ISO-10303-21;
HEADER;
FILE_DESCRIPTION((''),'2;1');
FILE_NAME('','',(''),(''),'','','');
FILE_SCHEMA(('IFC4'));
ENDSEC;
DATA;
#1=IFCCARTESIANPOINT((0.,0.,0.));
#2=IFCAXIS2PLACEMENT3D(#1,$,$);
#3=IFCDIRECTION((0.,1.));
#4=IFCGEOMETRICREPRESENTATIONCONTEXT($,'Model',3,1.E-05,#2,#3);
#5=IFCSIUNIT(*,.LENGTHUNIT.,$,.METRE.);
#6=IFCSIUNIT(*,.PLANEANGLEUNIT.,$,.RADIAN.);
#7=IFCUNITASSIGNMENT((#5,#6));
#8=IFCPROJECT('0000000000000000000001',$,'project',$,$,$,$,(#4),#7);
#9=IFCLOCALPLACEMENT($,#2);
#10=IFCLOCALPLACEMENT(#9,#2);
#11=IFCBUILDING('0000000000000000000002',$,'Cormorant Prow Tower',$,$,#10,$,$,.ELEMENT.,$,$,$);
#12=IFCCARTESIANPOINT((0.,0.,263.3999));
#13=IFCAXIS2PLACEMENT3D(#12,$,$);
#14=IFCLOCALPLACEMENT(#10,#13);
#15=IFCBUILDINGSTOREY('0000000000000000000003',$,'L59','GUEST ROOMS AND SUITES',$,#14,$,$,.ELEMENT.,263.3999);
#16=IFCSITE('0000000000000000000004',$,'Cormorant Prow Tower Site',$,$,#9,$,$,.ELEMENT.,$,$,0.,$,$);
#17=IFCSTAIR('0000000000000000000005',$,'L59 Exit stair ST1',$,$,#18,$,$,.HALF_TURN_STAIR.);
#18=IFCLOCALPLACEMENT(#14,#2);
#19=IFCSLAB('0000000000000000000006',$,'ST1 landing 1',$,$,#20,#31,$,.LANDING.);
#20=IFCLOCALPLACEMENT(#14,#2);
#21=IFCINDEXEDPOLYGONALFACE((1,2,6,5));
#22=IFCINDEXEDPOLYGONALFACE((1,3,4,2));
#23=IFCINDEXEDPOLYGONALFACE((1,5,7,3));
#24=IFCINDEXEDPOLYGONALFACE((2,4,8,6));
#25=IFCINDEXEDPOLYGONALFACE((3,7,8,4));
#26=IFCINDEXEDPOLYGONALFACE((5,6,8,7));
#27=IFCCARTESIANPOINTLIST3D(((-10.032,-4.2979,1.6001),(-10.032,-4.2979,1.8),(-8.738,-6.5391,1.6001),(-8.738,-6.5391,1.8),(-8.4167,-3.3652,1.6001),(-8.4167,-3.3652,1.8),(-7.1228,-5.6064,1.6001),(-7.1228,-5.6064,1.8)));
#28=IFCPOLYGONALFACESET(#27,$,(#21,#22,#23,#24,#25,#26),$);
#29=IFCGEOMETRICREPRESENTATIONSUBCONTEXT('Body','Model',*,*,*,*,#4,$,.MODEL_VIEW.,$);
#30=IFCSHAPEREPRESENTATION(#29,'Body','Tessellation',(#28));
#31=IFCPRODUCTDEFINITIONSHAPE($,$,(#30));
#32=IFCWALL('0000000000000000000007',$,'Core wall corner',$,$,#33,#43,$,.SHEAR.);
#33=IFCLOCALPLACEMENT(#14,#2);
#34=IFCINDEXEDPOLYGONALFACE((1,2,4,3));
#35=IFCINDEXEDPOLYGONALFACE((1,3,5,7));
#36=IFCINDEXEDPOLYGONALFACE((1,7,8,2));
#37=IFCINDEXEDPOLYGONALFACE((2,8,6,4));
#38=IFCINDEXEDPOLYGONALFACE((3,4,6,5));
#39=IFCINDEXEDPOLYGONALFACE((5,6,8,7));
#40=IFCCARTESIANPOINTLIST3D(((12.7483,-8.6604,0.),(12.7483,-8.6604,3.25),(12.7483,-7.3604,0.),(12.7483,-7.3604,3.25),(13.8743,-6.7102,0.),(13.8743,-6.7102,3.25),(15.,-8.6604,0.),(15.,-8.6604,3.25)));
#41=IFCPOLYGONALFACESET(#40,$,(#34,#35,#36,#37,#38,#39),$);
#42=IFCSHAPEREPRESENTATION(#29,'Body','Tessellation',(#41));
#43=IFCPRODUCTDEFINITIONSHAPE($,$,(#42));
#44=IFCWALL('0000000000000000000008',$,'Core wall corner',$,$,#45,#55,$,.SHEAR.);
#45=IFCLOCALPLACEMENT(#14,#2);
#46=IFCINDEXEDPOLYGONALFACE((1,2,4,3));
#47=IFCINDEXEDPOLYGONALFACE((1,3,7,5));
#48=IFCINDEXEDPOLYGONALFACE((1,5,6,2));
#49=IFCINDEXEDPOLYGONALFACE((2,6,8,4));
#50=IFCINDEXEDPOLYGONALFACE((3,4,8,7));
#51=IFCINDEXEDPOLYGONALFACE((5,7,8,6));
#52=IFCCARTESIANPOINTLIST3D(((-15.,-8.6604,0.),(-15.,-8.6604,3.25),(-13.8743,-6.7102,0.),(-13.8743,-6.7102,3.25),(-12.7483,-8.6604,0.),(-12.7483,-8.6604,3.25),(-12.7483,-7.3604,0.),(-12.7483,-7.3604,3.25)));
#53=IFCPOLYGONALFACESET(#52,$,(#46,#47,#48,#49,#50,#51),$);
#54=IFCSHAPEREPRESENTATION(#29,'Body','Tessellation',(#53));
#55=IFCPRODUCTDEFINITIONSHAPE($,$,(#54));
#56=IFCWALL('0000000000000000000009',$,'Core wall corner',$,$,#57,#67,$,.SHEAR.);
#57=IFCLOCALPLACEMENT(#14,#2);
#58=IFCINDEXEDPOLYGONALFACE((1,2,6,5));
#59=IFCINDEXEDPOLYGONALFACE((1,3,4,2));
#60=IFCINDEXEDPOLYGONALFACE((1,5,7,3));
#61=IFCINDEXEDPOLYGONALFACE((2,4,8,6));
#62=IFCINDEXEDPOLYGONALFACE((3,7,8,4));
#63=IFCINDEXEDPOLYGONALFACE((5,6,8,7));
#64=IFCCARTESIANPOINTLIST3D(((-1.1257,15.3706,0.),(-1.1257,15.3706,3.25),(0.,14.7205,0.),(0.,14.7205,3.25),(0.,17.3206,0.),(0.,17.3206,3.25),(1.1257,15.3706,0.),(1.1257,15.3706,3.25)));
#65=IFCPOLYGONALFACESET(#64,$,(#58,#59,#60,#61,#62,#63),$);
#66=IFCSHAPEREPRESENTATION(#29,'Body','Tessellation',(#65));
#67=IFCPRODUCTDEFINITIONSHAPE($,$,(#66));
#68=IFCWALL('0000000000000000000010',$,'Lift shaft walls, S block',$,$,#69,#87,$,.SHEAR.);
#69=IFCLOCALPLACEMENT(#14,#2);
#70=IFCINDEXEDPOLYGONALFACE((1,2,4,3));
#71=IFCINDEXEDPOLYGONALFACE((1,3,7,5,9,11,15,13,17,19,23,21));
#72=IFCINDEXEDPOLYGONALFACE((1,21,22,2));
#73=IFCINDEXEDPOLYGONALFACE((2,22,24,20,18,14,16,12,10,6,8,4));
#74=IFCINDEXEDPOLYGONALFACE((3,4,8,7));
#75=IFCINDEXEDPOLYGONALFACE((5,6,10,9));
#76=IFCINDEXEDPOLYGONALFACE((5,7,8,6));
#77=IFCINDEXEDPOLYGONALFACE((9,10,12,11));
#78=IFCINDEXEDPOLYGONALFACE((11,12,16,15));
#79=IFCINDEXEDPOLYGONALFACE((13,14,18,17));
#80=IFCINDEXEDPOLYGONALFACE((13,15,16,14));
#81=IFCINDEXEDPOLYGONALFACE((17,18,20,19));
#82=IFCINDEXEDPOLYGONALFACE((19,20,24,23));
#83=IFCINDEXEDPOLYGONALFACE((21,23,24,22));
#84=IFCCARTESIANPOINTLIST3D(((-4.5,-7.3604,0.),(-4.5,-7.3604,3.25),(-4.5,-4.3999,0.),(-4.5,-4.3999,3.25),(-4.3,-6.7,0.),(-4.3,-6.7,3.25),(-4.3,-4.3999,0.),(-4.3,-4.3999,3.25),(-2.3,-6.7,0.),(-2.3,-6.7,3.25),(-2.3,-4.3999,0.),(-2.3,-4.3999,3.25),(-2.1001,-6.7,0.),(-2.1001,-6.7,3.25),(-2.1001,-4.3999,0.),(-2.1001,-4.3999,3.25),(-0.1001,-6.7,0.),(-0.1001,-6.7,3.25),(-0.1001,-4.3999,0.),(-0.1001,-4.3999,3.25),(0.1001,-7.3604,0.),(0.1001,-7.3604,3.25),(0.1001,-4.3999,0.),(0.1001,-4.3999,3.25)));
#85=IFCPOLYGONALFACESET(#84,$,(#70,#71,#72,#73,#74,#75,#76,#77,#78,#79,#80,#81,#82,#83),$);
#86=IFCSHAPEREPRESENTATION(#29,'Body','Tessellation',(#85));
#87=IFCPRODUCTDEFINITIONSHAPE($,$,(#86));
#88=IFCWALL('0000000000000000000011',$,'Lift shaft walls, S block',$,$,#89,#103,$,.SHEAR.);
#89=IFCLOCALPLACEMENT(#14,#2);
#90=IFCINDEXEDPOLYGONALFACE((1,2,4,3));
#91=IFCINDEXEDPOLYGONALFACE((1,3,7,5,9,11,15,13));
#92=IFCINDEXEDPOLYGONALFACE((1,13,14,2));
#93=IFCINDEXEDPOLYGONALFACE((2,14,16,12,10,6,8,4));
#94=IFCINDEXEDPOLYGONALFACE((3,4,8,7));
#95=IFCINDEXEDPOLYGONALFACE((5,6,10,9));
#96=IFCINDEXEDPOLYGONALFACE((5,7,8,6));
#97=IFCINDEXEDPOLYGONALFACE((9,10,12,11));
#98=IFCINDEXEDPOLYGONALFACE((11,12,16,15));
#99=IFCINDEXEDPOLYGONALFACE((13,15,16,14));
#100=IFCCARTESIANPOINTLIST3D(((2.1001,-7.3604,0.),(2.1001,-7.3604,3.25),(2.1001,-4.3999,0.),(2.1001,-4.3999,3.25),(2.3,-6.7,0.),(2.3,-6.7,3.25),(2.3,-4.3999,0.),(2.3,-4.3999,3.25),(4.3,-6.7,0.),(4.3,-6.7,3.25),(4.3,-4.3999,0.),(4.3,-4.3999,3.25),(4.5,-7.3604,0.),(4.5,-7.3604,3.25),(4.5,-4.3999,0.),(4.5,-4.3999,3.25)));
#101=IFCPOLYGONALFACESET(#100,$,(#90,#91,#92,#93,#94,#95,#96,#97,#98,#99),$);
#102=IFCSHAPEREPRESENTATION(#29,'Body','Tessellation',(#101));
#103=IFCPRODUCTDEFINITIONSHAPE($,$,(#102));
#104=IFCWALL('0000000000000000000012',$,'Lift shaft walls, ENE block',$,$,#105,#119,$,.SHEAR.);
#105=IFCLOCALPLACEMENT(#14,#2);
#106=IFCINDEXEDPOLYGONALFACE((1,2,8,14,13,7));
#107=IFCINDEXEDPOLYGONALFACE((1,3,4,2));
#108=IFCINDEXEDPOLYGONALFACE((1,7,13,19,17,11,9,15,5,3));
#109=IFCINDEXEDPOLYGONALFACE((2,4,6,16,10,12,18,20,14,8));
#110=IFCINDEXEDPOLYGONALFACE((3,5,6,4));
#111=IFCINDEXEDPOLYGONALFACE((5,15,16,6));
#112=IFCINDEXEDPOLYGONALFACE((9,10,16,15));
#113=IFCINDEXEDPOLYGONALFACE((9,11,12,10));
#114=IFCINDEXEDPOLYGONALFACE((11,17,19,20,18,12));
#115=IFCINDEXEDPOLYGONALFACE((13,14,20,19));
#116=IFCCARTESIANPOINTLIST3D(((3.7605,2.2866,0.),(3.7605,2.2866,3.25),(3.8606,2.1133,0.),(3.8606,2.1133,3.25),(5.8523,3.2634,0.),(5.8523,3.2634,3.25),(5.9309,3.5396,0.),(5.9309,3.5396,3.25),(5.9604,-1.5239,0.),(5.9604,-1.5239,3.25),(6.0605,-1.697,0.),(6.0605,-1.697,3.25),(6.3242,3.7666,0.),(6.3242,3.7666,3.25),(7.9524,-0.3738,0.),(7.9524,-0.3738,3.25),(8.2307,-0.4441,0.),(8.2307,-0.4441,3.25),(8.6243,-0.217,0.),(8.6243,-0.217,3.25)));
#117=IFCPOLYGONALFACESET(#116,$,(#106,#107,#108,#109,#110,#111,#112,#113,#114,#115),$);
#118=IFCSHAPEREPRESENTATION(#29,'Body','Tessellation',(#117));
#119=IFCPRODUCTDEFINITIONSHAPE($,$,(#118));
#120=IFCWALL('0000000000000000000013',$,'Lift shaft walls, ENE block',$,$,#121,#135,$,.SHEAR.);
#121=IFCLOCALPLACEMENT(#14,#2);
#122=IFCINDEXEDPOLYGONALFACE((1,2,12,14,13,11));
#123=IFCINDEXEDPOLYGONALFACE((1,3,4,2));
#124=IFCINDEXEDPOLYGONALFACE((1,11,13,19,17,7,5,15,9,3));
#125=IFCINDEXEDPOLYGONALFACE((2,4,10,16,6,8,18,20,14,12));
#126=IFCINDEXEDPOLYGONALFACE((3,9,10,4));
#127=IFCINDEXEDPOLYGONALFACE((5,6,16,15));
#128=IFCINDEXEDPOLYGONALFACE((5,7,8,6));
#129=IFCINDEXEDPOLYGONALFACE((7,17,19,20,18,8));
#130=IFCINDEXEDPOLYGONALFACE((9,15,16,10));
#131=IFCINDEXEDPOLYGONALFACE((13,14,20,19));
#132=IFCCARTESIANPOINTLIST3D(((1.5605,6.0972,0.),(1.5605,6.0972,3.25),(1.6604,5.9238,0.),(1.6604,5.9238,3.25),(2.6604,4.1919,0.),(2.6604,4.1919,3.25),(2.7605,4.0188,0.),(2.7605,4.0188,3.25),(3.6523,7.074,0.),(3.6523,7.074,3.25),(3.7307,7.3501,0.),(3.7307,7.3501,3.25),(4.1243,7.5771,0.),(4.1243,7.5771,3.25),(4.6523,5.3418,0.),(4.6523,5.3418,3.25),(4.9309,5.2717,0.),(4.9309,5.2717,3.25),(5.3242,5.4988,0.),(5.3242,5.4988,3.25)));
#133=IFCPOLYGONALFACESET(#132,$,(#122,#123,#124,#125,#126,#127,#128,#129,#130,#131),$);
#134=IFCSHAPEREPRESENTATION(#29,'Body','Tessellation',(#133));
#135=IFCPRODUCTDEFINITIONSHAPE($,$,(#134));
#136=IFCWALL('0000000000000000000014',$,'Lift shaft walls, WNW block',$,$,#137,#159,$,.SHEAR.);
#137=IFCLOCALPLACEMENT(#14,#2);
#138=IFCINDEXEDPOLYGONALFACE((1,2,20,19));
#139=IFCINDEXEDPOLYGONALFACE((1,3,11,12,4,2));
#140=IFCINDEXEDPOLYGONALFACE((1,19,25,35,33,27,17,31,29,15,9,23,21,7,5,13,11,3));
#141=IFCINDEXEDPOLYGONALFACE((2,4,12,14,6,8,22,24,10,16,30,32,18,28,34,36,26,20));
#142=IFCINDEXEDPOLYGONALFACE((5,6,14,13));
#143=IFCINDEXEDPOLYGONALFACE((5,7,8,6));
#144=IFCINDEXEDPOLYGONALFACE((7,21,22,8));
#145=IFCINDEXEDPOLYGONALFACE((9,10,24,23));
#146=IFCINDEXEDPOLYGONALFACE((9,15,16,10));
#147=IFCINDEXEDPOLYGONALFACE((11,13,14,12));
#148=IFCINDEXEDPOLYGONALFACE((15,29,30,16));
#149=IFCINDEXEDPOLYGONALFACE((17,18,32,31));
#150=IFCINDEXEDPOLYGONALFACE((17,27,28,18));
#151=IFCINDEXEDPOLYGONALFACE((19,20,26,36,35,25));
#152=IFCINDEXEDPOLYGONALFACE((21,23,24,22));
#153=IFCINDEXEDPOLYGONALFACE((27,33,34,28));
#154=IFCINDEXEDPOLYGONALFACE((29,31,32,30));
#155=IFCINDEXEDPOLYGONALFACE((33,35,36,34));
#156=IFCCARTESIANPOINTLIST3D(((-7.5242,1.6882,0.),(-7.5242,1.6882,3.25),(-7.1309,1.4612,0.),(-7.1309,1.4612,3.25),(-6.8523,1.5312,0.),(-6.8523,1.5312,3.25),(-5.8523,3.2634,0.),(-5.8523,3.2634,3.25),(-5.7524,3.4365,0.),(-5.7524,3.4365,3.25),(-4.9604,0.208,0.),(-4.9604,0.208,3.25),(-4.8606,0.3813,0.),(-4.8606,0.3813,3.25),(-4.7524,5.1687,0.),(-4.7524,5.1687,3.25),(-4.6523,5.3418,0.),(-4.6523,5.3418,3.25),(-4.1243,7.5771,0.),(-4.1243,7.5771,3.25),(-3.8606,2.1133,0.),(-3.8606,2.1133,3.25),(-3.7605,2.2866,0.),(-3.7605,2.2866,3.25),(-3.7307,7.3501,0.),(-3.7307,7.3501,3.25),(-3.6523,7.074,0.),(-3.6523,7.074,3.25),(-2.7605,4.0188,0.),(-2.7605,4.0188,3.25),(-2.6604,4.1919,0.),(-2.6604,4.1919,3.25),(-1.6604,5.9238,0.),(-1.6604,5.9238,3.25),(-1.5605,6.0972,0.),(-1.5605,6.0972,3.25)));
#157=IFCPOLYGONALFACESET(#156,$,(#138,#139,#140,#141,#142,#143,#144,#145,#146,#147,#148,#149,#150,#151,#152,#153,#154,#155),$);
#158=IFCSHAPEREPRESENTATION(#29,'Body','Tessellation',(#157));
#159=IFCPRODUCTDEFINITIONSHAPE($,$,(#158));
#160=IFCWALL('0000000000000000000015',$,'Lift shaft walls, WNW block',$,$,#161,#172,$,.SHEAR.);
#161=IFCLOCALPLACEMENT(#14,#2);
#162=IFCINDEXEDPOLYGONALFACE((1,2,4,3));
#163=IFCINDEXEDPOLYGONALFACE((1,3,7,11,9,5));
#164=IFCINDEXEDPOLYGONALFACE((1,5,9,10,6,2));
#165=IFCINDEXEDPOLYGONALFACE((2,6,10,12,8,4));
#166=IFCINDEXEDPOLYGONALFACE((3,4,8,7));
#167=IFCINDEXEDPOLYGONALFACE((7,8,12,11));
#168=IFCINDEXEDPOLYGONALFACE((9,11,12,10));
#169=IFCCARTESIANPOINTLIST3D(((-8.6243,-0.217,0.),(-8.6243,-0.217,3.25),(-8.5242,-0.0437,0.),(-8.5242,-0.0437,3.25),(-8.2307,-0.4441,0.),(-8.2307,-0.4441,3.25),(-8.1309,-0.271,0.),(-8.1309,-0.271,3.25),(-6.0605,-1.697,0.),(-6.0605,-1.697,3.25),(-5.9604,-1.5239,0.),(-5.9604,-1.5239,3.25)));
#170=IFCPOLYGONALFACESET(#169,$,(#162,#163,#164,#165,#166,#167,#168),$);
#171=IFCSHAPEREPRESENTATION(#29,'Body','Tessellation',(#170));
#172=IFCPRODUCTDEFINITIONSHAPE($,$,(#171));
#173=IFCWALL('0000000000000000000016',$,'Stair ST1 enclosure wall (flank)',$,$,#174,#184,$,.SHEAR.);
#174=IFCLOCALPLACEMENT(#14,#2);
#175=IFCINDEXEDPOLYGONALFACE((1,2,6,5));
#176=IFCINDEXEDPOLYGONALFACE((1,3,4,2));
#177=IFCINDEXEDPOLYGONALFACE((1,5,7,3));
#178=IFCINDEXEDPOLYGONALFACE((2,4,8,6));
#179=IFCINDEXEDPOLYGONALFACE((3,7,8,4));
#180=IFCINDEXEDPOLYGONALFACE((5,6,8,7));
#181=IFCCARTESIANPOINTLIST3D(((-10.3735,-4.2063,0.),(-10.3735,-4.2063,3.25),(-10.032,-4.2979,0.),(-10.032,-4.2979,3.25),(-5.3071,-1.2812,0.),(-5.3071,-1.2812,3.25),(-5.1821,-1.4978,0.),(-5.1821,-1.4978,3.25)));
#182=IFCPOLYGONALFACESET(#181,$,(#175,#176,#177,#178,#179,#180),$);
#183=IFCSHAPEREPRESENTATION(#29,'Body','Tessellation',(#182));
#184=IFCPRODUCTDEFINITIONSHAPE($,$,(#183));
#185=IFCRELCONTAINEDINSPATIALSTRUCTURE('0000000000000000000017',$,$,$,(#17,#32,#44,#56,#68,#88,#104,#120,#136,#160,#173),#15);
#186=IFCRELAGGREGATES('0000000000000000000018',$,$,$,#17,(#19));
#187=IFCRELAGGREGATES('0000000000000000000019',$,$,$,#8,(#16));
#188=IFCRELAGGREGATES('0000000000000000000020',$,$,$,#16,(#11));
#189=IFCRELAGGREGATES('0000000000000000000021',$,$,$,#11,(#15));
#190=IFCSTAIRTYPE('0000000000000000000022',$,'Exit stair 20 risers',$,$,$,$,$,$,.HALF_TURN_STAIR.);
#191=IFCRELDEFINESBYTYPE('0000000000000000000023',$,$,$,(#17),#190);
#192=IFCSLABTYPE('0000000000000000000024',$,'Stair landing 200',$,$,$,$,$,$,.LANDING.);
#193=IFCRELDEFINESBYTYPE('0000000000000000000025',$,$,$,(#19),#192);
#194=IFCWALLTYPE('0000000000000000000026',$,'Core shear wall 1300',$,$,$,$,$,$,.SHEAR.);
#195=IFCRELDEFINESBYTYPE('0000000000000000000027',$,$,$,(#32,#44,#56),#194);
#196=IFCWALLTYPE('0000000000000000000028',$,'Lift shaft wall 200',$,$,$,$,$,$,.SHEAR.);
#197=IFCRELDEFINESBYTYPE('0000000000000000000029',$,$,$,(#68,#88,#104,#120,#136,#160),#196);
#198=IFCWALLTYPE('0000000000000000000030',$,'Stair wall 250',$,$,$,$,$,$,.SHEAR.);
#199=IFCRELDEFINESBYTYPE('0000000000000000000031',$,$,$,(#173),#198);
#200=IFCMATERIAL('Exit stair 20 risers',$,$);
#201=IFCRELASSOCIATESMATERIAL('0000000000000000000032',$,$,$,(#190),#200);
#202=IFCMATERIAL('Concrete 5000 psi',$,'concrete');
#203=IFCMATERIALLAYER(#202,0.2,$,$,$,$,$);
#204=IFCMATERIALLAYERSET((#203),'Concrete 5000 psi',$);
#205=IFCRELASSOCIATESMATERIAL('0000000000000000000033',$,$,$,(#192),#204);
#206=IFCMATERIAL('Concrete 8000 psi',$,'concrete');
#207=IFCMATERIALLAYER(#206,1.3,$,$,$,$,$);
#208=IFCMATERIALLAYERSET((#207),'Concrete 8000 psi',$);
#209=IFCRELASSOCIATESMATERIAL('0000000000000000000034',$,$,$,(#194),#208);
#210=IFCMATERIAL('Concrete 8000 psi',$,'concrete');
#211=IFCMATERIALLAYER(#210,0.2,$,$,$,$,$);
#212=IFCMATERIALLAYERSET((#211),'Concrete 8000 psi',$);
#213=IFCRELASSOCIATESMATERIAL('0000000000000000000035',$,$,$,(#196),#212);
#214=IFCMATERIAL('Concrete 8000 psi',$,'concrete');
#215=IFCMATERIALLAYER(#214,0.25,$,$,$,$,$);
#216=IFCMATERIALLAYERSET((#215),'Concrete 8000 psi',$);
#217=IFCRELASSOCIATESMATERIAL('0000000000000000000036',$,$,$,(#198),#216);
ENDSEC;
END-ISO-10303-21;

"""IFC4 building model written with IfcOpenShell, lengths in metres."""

from ifc_helpers import new_model, si_unit, direction, frame, origin, place, context, subcontext, project, spatial, polyline, outline, extrude, material, layer, layer_set, type_object, element, aggregate, save


model = new_model("IFC4")

# Units and contexts
model_context = context("Model", 3, precision=1e-05, world=origin(), true_north=direction((0.0, 1.0)))
body_context = subcontext(model_context, "Body", "Model", "MODEL_VIEW")
ifc_project = project(units=[si_unit("LENGTHUNIT", "METRE"), si_unit("PLANEANGLEUNIT", "RADIAN")], contexts=[model_context])

# Site, building, storey
site_placement = place(None, origin())
site = spatial("IfcSite", under=ifc_project, at=site_placement, Name="Cormorant Prow Tower Site", CompositionType="ELEMENT", RefElevation=0.0)
building_placement = place(site_placement, origin())
building = spatial("IfcBuilding", under=site, at=building_placement, Name="Cormorant Prow Tower", CompositionType="ELEMENT")
storey_placement = place(building_placement, frame((0.0, 0.0, 263.3999)))
storey = spatial("IfcBuildingStorey", under=building, at=storey_placement, Name="L59", Description="GUEST ROOMS AND SUITES", CompositionType="ELEMENT", Elevation=263.3999)

# Stair, slab
ifc_material_1 = material(Name="Exit stair 20 risers")
stair_type = type_object("IfcStairType", Name="Exit stair 20 risers", PredefinedType="HALF_TURN_STAIR", material=ifc_material_1)
stair_placement = place(storey_placement, origin())
stair = element("IfcStair", 1, at=stair_placement, inside=storey, type_object=stair_type, Name="L59 Exit stair ST1", PredefinedType="HALF_TURN_STAIR")
ifc_material_2 = material(Name="Concrete 5000 psi", Category="concrete")
ifc_layer_1 = layer(ifc_material_2, 0.2)
ifc_layer_set_1 = layer_set([ifc_layer_1], Name="Concrete 5000 psi")
slab_type = type_object("IfcSlabType", Name="Stair landing 200", PredefinedType="LANDING", material=ifc_layer_set_1)
slab_placement = place(storey_placement, frame((0.0, 0.0, 1.6001)))
slab = element("IfcSlab", 2, at=slab_placement, type_object=slab_type, Name="ST1 landing 1", PredefinedType="LANDING", context=body_context, shape_type="SweptSolid", body=[
    extrude(outline(polyline([(-8.4167, -3.3652), (-10.032, -4.2979), (-8.738, -6.5391), (-7.1228, -5.6064), (-8.4167, -3.3652)])), origin(), (0.0, 0.0, 1.0), 0.2),
])
aggregate(stair, [slab])

# Walls
ifc_material_3 = material(Name="Concrete 8000 psi", Category="concrete")
ifc_layer_2 = layer(ifc_material_3, 1.3)
ifc_layer_set_2 = layer_set([ifc_layer_2], Name="Concrete 8000 psi")
wall_type_1 = type_object("IfcWallType", Name="Core shear wall 1300", PredefinedType="SHEAR", material=ifc_layer_set_2)
wall_1_placement = place(storey_placement, origin())
element("IfcWall", 3, at=wall_1_placement, inside=storey, type_object=wall_type_1, Name="Core wall corner", PredefinedType="SHEAR", context=body_context, shape_type="SweptSolid", body=[
    extrude(outline(polyline([(12.7483, -8.6604), (12.7483, -7.3604), (13.8743, -6.7102), (15.0, -8.6604), (12.7483, -8.6604)])), origin(), (0.0, 0.0, 1.0), 3.25),
])
wall_2_placement = place(storey_placement, origin())
element("IfcWall", 4, at=wall_2_placement, inside=storey, type_object=wall_type_1, Name="Core wall corner", PredefinedType="SHEAR", context=body_context, shape_type="SweptSolid", body=[
    extrude(outline(polyline([(-13.8743, -6.7102), (-12.7483, -7.3604), (-12.7483, -8.6604), (-15.0, -8.6604), (-13.8743, -6.7102)])), origin(), (0.0, 0.0, 1.0), 3.25),
])
wall_3_placement = place(storey_placement, origin())
element("IfcWall", 5, at=wall_3_placement, inside=storey, type_object=wall_type_1, Name="Core wall corner", PredefinedType="SHEAR", context=body_context, shape_type="SweptSolid", body=[
    extrude(outline(polyline([(-1.1257, 15.3706), (0.0, 17.3206), (1.1257, 15.3706), (0.0, 14.7205), (-1.1257, 15.3706)])), origin(), (0.0, 0.0, 1.0), 3.25),
])
ifc_material_4 = material(Name="Concrete 8000 psi", Category="concrete")
ifc_layer_3 = layer(ifc_material_4, 0.2)
ifc_layer_set_3 = layer_set([ifc_layer_3], Name="Concrete 8000 psi")
wall_type_2 = type_object("IfcWallType", Name="Lift shaft wall 200", PredefinedType="SHEAR", material=ifc_layer_set_3)
wall_4_placement = place(storey_placement, origin())
element("IfcWall", 6, at=wall_4_placement, inside=storey, type_object=wall_type_2, Name="Lift shaft walls, S block", PredefinedType="SHEAR", context=body_context, shape_type="SweptSolid", body=[
    extrude(outline(polyline([(0.1001, -7.3604), (-4.5, -7.3604), (-4.5, -4.3999), (-4.3, -4.3999), (-4.3, -6.7), (-2.3, -6.7), (-2.3, -4.3999), (-2.1001, -4.3999), (-2.1001, -6.7), (-0.1001, -6.7), (-0.1001, -4.3999), (0.1001, -4.3999), (0.1001, -7.3604)])), origin(), (0.0, 0.0, 1.0), 3.25),
])
wall_5_placement = place(storey_placement, origin())
element("IfcWall", 7, at=wall_5_placement, inside=storey, type_object=wall_type_2, Name="Lift shaft walls, S block", PredefinedType="SHEAR", context=body_context, shape_type="SweptSolid", body=[
    extrude(outline(polyline([(2.1001, -7.3604), (2.1001, -4.3999), (2.3, -4.3999), (2.3, -6.7), (4.3, -6.7), (4.3, -4.3999), (4.5, -4.3999), (4.5, -7.3604), (2.1001, -7.3604)])), origin(), (0.0, 0.0, 1.0), 3.25),
])
wall_6_placement = place(storey_placement, origin())
element("IfcWall", 8, at=wall_6_placement, inside=storey, type_object=wall_type_2, Name="Lift shaft walls, ENE block", PredefinedType="SHEAR", context=body_context, shape_type="SweptSolid", body=[
    extrude(outline(polyline([(6.3242, 3.7666), (8.6243, -0.217), (8.2307, -0.4441), (6.0605, -1.697), (5.9604, -1.5239), (7.9524, -0.3738), (5.8523, 3.2634), (3.8606, 2.1133), (3.7605, 2.2866), (5.9309, 3.5396), (6.3242, 3.7666)])), origin(), (0.0, 0.0, 1.0), 3.25),
])
wall_7_placement = place(storey_placement, origin())
element("IfcWall", 9, at=wall_7_placement, inside=storey, type_object=wall_type_2, Name="Lift shaft walls, ENE block", PredefinedType="SHEAR", context=body_context, shape_type="SweptSolid", body=[
    extrude(outline(polyline([(5.3242, 5.4988), (4.9309, 5.2717), (2.7605, 4.0188), (2.6604, 4.1919), (4.6523, 5.3418), (3.6523, 7.074), (1.6604, 5.9238), (1.5605, 6.0972), (3.7307, 7.3501), (4.1243, 7.5771), (5.3242, 5.4988)])), origin(), (0.0, 0.0, 1.0), 3.25),
])
wall_8_placement = place(storey_placement, origin())
element("IfcWall", 10, at=wall_8_placement, inside=storey, type_object=wall_type_2, Name="Lift shaft walls, WNW block", PredefinedType="SHEAR", context=body_context, shape_type="SweptSolid", body=[
    extrude(outline(polyline([(-7.5242, 1.6882), (-4.1243, 7.5771), (-3.7307, 7.3501), (-1.5605, 6.0972), (-1.6604, 5.9238), (-3.6523, 7.074), (-4.6523, 5.3418), (-2.6604, 4.1919), (-2.7605, 4.0188), (-4.7524, 5.1687), (-5.7524, 3.4365), (-3.7605, 2.2866), (-3.8606, 2.1133), (-5.8523, 3.2634), (-6.8523, 1.5312), (-4.8606, 0.3813), (-4.9604, 0.208), (-7.1309, 1.4612), (-7.5242, 1.6882)])), origin(), (0.0, 0.0, 1.0), 3.25),
])
wall_9_placement = place(storey_placement, origin())
element("IfcWall", 11, at=wall_9_placement, inside=storey, type_object=wall_type_2, Name="Lift shaft walls, WNW block", PredefinedType="SHEAR", context=body_context, shape_type="SweptSolid", body=[
    extrude(outline(polyline([(-8.5242, -0.0437), (-8.1309, -0.271), (-5.9604, -1.5239), (-6.0605, -1.697), (-8.2307, -0.4441), (-8.6243, -0.217), (-8.5242, -0.0437)])), origin(), (0.0, 0.0, 1.0), 3.25),
])
ifc_material_5 = material(Name="Concrete 8000 psi", Category="concrete")
ifc_layer_4 = layer(ifc_material_5, 0.25)
ifc_layer_set_4 = layer_set([ifc_layer_4], Name="Concrete 8000 psi")
wall_type_3 = type_object("IfcWallType", Name="Stair wall 250", PredefinedType="SHEAR", material=ifc_layer_set_4)
wall_10_placement = place(storey_placement, origin())
element("IfcWall", 12, at=wall_10_placement, inside=storey, type_object=wall_type_3, Name="Stair ST1 enclosure wall (flank)", PredefinedType="SHEAR", context=body_context, shape_type="SweptSolid", body=[
    extrude(outline(polyline([(-5.3071, -1.2812), (-10.3735, -4.2063), (-10.032, -4.2979), (-5.1821, -1.4978), (-5.3071, -1.2812)])), origin(), (0.0, 0.0, 1.0), 3.25),
])

save(model, "model.ifc")
